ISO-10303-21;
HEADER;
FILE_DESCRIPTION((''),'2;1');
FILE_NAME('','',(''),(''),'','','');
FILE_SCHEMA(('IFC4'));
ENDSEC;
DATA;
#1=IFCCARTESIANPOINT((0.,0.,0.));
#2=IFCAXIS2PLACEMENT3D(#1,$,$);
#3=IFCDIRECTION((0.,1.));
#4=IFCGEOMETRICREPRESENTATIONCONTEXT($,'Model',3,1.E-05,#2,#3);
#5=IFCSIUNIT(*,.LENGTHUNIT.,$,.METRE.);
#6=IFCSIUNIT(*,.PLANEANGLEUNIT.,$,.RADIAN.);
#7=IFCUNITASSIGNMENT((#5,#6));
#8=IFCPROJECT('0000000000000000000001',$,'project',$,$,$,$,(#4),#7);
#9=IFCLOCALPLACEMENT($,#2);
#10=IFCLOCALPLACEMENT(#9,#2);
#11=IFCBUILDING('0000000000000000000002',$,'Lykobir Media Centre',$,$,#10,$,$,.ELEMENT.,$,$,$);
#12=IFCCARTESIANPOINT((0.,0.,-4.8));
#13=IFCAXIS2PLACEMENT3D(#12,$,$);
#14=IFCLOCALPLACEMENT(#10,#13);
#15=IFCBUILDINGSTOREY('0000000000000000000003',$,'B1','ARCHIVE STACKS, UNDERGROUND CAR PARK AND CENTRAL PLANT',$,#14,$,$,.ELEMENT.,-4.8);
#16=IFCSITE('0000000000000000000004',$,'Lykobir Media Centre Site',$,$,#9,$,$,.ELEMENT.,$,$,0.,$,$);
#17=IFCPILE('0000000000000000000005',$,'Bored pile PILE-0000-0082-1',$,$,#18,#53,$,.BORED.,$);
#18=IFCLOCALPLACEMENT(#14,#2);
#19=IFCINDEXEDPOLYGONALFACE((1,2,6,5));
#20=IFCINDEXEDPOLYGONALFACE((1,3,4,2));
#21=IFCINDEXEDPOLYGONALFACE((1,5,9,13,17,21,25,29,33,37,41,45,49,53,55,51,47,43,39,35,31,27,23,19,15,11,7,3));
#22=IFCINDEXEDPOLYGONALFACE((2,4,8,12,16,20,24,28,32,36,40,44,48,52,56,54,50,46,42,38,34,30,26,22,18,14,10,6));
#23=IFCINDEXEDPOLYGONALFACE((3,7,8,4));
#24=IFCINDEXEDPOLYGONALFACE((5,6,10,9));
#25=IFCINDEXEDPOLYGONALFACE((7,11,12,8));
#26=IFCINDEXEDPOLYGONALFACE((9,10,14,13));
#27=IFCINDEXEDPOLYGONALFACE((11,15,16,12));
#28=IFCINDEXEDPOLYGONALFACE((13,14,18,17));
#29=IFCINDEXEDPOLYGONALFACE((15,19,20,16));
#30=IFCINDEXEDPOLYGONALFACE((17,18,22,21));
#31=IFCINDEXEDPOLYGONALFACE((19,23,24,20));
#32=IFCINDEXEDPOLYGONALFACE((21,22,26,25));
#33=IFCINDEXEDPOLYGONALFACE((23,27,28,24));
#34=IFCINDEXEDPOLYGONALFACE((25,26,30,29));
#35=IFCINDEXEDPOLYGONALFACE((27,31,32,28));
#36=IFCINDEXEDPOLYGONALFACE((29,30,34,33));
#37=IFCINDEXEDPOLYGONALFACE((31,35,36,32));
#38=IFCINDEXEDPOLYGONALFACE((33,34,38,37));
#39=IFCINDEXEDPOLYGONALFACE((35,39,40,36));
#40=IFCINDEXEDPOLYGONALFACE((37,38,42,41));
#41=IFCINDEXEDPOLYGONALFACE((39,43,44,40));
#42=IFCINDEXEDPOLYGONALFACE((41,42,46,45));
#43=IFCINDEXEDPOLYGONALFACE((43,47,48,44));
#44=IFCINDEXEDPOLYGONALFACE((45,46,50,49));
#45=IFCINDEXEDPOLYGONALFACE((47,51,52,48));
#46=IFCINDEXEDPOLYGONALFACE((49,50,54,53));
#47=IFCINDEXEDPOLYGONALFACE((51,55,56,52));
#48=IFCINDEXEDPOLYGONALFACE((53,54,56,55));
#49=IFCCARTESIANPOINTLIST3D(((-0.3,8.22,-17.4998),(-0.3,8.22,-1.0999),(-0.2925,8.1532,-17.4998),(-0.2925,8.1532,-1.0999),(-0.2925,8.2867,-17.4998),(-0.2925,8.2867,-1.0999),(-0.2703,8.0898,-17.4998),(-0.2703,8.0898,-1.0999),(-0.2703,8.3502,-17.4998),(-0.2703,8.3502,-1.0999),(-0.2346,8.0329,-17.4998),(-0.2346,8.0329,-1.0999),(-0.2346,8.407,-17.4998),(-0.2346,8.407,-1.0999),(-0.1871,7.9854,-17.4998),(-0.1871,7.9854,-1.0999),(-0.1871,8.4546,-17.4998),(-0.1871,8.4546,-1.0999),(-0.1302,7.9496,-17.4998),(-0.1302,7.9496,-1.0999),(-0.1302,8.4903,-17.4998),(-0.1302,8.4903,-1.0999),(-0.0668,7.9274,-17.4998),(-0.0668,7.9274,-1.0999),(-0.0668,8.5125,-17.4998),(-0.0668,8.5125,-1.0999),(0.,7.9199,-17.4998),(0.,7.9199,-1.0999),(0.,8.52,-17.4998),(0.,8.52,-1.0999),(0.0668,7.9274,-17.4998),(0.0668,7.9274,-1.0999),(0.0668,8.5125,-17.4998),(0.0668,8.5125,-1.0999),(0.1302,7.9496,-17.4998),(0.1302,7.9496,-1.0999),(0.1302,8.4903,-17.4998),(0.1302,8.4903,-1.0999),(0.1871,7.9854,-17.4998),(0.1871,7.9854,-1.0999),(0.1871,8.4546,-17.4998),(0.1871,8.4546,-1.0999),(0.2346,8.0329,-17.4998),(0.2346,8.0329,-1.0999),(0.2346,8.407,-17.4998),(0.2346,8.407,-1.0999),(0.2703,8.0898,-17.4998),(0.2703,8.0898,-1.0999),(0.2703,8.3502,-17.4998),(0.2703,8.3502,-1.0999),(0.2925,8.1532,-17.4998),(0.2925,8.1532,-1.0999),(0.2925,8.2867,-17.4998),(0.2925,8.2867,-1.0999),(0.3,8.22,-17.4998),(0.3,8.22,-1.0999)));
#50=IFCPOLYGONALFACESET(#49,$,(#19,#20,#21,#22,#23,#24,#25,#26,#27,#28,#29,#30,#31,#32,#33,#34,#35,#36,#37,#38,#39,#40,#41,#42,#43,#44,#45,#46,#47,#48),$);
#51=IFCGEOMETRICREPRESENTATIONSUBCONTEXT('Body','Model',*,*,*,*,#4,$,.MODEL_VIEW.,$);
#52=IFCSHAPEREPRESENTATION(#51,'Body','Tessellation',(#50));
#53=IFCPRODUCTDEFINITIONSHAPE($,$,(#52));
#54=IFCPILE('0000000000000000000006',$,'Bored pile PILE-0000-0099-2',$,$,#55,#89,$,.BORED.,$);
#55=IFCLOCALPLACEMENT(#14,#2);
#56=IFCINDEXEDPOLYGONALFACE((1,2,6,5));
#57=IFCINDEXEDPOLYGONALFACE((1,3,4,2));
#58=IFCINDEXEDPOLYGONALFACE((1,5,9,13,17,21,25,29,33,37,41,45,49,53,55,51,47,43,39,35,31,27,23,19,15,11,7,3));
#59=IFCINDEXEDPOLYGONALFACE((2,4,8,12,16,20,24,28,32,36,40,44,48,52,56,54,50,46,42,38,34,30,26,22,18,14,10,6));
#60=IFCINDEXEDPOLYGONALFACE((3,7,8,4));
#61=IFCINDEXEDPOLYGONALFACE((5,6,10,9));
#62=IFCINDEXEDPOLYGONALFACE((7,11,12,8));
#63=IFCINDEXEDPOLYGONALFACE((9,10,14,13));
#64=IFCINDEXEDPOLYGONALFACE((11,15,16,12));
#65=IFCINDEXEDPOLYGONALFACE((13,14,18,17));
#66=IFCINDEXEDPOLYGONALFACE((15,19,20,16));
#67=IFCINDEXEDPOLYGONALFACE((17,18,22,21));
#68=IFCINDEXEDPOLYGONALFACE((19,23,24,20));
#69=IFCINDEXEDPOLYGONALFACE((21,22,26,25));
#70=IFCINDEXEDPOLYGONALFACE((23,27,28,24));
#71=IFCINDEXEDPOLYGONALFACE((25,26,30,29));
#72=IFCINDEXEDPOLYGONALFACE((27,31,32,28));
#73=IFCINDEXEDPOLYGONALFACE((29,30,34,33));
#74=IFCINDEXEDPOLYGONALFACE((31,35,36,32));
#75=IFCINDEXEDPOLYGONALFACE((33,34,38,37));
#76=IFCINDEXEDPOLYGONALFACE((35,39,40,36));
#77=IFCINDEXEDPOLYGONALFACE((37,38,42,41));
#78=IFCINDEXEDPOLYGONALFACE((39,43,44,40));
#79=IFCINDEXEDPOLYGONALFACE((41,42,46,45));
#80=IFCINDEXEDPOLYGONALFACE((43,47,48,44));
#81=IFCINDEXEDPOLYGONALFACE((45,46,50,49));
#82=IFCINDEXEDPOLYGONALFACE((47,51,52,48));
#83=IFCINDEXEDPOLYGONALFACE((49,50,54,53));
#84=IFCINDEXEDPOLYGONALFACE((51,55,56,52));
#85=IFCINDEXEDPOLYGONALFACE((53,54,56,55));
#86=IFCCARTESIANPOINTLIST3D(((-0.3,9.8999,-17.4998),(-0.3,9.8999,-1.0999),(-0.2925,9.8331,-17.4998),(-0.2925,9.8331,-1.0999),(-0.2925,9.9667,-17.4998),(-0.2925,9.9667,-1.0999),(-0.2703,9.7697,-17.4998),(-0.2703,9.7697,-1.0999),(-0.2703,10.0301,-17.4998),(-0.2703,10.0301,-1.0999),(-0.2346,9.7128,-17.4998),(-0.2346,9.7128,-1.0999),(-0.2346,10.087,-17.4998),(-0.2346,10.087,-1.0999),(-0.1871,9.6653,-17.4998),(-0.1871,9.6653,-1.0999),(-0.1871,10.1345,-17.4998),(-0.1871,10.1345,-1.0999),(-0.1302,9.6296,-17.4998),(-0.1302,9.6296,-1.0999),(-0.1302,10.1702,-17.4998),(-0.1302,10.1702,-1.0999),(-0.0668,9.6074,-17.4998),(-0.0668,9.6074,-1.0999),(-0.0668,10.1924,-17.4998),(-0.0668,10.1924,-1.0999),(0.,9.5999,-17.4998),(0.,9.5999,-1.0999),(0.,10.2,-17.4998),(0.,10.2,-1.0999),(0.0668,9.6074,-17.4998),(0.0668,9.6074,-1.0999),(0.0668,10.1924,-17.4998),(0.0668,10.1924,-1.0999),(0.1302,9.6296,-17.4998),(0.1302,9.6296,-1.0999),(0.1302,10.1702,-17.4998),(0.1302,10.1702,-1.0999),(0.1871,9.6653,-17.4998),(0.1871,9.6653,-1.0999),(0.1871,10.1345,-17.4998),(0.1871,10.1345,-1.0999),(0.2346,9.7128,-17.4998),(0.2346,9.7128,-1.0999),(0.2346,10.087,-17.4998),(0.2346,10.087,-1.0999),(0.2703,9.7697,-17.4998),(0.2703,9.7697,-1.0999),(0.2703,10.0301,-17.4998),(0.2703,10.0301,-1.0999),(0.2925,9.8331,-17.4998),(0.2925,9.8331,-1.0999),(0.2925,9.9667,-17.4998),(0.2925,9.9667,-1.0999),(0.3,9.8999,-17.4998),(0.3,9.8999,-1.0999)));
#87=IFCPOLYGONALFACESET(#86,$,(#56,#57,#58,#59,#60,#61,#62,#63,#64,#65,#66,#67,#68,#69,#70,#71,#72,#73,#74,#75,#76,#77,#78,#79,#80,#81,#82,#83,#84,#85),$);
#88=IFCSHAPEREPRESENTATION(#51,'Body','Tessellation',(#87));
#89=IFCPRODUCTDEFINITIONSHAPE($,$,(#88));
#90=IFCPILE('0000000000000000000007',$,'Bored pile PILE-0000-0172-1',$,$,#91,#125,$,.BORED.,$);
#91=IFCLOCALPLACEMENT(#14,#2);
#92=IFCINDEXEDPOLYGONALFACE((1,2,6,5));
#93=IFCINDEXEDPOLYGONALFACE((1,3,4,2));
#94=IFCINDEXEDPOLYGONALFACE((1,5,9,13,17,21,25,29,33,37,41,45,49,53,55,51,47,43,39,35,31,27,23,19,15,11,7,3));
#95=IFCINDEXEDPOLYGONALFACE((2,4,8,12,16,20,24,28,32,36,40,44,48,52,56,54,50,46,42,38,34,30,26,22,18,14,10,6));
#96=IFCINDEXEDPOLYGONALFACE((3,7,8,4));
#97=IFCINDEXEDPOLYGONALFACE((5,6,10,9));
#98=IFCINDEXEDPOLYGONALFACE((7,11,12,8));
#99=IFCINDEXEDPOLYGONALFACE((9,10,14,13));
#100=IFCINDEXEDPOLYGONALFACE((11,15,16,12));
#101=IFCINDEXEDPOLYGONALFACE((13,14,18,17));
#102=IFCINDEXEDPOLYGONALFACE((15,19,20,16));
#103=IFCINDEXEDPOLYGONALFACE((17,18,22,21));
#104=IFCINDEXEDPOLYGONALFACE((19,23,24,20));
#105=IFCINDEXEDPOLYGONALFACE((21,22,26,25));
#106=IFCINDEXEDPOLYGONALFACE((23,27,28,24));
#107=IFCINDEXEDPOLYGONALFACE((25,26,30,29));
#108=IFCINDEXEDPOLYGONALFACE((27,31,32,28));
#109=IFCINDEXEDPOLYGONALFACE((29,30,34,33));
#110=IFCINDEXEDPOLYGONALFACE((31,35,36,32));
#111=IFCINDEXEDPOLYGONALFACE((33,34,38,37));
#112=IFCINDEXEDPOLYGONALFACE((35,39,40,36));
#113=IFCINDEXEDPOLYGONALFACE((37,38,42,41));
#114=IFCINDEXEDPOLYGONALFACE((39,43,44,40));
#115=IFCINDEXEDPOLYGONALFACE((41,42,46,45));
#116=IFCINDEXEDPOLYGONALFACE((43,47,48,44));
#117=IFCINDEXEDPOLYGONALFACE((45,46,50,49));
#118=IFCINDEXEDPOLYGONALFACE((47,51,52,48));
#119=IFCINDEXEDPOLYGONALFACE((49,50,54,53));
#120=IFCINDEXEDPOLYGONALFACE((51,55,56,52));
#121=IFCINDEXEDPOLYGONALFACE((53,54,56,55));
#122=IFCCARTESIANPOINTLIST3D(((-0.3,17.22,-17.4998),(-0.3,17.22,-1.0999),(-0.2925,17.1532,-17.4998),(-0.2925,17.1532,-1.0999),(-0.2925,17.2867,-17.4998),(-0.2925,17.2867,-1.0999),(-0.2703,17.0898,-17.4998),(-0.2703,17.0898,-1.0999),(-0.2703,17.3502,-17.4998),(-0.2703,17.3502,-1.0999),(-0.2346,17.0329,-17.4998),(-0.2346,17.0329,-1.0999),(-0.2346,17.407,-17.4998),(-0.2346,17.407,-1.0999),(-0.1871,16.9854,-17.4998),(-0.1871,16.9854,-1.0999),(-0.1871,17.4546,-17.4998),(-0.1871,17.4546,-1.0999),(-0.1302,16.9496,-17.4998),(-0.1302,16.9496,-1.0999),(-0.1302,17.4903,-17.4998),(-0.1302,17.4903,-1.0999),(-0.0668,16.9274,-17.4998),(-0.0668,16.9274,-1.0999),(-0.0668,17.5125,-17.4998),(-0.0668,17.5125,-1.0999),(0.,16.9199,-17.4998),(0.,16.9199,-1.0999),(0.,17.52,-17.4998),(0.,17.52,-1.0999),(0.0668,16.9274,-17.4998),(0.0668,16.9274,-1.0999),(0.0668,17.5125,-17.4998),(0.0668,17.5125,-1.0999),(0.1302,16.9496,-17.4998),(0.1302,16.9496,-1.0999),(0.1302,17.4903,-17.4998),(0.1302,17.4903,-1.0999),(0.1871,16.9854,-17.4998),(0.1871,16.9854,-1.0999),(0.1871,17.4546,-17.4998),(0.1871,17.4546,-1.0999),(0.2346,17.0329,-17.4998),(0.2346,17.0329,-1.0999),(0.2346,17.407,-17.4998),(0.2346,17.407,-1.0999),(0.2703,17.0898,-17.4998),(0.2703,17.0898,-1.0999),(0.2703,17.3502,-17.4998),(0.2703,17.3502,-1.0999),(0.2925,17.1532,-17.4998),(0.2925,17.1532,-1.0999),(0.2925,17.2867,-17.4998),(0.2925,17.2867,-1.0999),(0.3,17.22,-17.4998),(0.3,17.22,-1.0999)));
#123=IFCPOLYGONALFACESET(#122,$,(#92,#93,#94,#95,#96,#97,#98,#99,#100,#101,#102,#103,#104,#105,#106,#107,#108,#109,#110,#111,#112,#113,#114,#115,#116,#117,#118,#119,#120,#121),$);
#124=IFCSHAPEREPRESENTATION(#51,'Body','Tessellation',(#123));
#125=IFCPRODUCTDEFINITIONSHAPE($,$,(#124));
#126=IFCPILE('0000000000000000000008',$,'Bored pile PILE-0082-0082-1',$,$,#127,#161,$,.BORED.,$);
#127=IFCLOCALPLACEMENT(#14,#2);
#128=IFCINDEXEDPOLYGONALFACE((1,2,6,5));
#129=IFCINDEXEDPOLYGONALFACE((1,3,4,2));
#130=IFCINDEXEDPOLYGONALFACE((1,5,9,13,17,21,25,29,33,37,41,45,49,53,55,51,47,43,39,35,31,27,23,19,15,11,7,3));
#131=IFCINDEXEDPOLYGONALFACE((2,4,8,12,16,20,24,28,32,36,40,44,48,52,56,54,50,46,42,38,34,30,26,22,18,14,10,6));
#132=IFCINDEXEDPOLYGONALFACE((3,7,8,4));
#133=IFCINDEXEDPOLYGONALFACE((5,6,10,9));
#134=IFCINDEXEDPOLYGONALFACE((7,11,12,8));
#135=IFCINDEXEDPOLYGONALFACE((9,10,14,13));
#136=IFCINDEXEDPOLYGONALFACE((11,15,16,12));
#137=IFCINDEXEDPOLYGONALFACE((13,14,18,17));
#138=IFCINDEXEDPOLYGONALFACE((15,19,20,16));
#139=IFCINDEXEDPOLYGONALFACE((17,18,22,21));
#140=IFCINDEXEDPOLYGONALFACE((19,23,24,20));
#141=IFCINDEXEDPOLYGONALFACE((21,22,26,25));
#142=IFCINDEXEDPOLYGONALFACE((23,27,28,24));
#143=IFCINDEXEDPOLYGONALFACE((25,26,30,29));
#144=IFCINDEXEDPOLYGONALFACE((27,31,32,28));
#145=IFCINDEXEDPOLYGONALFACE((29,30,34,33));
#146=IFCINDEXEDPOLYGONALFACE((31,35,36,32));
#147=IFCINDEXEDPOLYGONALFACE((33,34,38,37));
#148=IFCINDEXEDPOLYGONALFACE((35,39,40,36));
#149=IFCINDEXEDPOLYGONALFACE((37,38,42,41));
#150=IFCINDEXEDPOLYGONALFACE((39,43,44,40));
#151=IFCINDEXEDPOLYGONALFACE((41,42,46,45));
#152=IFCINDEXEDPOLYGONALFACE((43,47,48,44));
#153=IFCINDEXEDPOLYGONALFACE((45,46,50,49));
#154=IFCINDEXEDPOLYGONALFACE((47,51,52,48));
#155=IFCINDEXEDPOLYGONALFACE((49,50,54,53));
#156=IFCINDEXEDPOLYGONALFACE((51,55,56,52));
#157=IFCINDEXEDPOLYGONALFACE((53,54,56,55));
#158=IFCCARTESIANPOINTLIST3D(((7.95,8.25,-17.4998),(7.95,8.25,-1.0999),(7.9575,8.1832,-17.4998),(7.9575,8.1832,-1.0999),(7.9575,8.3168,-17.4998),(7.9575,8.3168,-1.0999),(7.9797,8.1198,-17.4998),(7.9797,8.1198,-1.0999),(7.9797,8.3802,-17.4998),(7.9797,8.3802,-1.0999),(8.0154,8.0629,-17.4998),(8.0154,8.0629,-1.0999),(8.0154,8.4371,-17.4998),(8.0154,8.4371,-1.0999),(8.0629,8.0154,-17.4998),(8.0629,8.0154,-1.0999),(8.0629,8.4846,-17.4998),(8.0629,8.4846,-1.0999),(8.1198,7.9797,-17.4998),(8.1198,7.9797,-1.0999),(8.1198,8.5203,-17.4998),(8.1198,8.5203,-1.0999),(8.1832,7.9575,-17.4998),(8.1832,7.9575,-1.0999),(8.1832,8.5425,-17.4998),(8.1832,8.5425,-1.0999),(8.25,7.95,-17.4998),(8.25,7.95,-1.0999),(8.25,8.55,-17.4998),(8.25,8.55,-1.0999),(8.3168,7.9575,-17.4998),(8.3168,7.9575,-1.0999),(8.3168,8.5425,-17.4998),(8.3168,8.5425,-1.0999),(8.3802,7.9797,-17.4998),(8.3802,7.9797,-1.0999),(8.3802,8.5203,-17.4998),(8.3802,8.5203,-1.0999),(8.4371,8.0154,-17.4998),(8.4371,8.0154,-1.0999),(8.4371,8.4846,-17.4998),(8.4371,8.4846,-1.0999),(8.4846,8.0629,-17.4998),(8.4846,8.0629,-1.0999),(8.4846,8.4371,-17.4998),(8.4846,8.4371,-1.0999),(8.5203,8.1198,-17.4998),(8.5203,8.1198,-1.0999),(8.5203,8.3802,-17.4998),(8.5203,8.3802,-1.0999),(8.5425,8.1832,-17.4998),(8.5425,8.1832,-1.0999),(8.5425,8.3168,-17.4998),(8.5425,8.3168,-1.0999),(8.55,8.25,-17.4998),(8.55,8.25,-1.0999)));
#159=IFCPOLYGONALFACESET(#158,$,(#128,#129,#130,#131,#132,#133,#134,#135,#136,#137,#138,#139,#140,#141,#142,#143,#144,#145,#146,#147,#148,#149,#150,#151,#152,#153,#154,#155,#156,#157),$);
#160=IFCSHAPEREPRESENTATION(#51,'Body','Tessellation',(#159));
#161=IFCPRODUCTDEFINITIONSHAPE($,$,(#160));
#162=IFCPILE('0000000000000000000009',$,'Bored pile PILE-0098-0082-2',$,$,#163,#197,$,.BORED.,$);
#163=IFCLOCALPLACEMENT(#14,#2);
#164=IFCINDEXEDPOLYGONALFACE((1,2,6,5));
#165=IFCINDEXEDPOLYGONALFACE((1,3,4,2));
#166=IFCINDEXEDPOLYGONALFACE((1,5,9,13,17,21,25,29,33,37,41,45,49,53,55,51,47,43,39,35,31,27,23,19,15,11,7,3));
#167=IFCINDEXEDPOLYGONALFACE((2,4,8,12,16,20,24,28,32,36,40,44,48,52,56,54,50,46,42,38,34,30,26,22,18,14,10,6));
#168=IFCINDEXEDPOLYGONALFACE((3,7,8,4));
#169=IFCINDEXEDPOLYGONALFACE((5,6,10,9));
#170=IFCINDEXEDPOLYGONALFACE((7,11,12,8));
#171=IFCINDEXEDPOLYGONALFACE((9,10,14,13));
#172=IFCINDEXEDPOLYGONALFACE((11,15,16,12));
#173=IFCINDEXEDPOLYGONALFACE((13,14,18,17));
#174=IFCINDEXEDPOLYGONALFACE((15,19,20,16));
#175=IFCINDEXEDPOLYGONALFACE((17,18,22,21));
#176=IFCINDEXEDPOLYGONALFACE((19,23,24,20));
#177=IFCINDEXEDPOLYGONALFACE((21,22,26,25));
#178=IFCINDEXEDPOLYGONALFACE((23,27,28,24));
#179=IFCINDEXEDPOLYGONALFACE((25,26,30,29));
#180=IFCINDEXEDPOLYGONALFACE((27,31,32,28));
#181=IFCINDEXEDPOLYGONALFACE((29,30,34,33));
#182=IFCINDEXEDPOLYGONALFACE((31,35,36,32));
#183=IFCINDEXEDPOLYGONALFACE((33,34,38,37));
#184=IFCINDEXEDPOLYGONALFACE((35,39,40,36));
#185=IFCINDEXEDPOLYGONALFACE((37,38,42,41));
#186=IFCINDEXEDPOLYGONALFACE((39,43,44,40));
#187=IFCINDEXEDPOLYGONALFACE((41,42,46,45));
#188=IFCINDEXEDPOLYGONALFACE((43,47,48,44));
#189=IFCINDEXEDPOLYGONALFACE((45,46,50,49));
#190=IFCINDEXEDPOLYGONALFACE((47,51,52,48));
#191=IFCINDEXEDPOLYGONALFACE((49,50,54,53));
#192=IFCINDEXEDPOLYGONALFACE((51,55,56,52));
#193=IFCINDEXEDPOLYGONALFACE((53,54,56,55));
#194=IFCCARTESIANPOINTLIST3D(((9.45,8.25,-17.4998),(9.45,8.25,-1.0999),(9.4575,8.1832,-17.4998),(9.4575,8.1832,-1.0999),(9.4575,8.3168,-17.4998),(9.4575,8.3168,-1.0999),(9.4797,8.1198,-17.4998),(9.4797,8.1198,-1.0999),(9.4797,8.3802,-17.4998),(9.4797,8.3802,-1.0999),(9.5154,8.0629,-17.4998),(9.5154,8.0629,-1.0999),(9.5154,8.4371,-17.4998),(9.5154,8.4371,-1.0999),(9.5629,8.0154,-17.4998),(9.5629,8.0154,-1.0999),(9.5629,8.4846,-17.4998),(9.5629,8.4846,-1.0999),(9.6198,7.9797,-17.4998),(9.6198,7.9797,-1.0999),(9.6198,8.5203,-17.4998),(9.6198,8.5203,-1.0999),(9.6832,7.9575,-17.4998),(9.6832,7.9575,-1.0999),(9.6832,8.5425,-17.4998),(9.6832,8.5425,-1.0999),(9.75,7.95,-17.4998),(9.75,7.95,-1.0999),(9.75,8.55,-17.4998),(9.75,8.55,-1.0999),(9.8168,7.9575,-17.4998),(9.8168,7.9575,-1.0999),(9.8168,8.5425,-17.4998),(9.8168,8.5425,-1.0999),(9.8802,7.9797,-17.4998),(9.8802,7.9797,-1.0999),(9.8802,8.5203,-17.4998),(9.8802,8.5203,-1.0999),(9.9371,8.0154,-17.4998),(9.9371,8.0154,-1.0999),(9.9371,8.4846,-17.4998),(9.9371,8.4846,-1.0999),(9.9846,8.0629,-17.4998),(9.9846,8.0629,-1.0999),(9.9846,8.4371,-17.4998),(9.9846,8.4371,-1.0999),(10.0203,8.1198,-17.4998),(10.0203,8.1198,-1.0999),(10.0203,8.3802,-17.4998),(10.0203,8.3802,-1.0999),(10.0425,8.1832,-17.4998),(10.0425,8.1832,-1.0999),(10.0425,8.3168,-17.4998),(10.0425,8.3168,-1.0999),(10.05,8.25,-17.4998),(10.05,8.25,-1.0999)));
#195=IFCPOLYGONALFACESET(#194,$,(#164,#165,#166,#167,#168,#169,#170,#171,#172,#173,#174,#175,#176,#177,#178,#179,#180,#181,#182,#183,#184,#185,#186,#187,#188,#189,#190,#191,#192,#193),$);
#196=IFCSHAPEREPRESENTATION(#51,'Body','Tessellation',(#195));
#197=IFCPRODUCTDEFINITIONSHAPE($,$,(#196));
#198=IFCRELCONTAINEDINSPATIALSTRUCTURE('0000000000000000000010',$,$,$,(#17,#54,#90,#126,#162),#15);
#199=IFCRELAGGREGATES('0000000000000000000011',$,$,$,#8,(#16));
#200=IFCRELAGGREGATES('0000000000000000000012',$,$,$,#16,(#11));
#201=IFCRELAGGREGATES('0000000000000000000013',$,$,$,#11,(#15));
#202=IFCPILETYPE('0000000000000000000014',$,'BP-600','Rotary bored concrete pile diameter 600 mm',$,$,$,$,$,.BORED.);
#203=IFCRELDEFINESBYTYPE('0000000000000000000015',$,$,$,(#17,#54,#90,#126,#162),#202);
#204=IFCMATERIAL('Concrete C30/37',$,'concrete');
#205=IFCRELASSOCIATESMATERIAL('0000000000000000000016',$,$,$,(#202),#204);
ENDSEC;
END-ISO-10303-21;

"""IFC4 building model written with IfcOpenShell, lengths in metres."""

from ifc_helpers import new_model, si_unit, direction, frame, origin, origin_2d, place, context, subcontext, project, spatial, circle, extrude, material, material_profile, profile_set, type_object, element, save


model = new_model("IFC4")

# Units and contexts
model_context = context("Model", 3, precision=1e-05, world=origin(), true_north=direction((0.0, 1.0)))
body_context = subcontext(model_context, "Body", "Model", "MODEL_VIEW")
ifc_project = project(units=[si_unit("LENGTHUNIT", "METRE"), si_unit("PLANEANGLEUNIT", "RADIAN")], contexts=[model_context])

# Site, building, storey
site_placement = place(None, origin())
site = spatial("IfcSite", under=ifc_project, at=site_placement, Name="Lykobir Media Centre Site", CompositionType="ELEMENT", RefElevation=0.0)
building_placement = place(site_placement, origin())
building = spatial("IfcBuilding", under=site, at=building_placement, Name="Lykobir Media Centre", CompositionType="ELEMENT")
storey_placement = place(building_placement, frame((0.0, 0.0, -4.8)))
storey = spatial("IfcBuildingStorey", under=building, at=storey_placement, Name="B1", Description="ARCHIVE STACKS, UNDERGROUND CAR PARK AND CENTRAL PLANT", CompositionType="ELEMENT", Elevation=-4.8)

# Piles
ifc_material_1 = material(Name="Concrete C30/37", Category="concrete")
ifc_material_profile_1 = material_profile(ifc_material_1, circle(Radius=0.3, at=origin_2d()), Name="BORED PILE D600")
ifc_profile_set_1 = profile_set([ifc_material_profile_1], Name="Concrete C30/37")
pile_type = type_object("IfcPileType", Name="BP-600", Description="Rotary bored concrete pile diameter 600 mm", PredefinedType="BORED", material=ifc_profile_set_1)
for number, where, z_axis, x_axis, name in (
    (1, (0.0, 8.22, -1.0999), (0.0, 0.0, -1.0), (1.0, 0.0, 0.0), "Bored pile PILE-0000-0082-1"),
    (2, (0.0, 9.8999, -1.0999), (0.0, 0.0, -1.0), (1.0, 0.0, 0.0), "Bored pile PILE-0000-0099-2"),
    (3, (0.0, 17.22, -1.0999), (0.0, 0.0, -1.0), (1.0, 0.0, 0.0), "Bored pile PILE-0000-0172-1"),
    (4, (8.25, 8.25, -1.0999), (0.0, 0.0, -1.0), (1.0, 0.0, 0.0), "Bored pile PILE-0082-0082-1"),
    (5, (9.75, 8.25, -1.0999), (0.0, 0.0, -1.0), (1.0, 0.0, 0.0), "Bored pile PILE-0098-0082-2"),
):
    element("IfcPile", number, at=place(storey_placement, frame(where, z_axis=z_axis, x_axis=x_axis)), inside=storey, type_object=pile_type, Name=name, PredefinedType="BORED", context=body_context, shape_type="SweptSolid", body=[
        extrude(circle(Radius=0.3, at=origin_2d()), origin(), (0.0, 0.0, 1.0), 16.3999),
    ])

save(model, "model.ifc")
